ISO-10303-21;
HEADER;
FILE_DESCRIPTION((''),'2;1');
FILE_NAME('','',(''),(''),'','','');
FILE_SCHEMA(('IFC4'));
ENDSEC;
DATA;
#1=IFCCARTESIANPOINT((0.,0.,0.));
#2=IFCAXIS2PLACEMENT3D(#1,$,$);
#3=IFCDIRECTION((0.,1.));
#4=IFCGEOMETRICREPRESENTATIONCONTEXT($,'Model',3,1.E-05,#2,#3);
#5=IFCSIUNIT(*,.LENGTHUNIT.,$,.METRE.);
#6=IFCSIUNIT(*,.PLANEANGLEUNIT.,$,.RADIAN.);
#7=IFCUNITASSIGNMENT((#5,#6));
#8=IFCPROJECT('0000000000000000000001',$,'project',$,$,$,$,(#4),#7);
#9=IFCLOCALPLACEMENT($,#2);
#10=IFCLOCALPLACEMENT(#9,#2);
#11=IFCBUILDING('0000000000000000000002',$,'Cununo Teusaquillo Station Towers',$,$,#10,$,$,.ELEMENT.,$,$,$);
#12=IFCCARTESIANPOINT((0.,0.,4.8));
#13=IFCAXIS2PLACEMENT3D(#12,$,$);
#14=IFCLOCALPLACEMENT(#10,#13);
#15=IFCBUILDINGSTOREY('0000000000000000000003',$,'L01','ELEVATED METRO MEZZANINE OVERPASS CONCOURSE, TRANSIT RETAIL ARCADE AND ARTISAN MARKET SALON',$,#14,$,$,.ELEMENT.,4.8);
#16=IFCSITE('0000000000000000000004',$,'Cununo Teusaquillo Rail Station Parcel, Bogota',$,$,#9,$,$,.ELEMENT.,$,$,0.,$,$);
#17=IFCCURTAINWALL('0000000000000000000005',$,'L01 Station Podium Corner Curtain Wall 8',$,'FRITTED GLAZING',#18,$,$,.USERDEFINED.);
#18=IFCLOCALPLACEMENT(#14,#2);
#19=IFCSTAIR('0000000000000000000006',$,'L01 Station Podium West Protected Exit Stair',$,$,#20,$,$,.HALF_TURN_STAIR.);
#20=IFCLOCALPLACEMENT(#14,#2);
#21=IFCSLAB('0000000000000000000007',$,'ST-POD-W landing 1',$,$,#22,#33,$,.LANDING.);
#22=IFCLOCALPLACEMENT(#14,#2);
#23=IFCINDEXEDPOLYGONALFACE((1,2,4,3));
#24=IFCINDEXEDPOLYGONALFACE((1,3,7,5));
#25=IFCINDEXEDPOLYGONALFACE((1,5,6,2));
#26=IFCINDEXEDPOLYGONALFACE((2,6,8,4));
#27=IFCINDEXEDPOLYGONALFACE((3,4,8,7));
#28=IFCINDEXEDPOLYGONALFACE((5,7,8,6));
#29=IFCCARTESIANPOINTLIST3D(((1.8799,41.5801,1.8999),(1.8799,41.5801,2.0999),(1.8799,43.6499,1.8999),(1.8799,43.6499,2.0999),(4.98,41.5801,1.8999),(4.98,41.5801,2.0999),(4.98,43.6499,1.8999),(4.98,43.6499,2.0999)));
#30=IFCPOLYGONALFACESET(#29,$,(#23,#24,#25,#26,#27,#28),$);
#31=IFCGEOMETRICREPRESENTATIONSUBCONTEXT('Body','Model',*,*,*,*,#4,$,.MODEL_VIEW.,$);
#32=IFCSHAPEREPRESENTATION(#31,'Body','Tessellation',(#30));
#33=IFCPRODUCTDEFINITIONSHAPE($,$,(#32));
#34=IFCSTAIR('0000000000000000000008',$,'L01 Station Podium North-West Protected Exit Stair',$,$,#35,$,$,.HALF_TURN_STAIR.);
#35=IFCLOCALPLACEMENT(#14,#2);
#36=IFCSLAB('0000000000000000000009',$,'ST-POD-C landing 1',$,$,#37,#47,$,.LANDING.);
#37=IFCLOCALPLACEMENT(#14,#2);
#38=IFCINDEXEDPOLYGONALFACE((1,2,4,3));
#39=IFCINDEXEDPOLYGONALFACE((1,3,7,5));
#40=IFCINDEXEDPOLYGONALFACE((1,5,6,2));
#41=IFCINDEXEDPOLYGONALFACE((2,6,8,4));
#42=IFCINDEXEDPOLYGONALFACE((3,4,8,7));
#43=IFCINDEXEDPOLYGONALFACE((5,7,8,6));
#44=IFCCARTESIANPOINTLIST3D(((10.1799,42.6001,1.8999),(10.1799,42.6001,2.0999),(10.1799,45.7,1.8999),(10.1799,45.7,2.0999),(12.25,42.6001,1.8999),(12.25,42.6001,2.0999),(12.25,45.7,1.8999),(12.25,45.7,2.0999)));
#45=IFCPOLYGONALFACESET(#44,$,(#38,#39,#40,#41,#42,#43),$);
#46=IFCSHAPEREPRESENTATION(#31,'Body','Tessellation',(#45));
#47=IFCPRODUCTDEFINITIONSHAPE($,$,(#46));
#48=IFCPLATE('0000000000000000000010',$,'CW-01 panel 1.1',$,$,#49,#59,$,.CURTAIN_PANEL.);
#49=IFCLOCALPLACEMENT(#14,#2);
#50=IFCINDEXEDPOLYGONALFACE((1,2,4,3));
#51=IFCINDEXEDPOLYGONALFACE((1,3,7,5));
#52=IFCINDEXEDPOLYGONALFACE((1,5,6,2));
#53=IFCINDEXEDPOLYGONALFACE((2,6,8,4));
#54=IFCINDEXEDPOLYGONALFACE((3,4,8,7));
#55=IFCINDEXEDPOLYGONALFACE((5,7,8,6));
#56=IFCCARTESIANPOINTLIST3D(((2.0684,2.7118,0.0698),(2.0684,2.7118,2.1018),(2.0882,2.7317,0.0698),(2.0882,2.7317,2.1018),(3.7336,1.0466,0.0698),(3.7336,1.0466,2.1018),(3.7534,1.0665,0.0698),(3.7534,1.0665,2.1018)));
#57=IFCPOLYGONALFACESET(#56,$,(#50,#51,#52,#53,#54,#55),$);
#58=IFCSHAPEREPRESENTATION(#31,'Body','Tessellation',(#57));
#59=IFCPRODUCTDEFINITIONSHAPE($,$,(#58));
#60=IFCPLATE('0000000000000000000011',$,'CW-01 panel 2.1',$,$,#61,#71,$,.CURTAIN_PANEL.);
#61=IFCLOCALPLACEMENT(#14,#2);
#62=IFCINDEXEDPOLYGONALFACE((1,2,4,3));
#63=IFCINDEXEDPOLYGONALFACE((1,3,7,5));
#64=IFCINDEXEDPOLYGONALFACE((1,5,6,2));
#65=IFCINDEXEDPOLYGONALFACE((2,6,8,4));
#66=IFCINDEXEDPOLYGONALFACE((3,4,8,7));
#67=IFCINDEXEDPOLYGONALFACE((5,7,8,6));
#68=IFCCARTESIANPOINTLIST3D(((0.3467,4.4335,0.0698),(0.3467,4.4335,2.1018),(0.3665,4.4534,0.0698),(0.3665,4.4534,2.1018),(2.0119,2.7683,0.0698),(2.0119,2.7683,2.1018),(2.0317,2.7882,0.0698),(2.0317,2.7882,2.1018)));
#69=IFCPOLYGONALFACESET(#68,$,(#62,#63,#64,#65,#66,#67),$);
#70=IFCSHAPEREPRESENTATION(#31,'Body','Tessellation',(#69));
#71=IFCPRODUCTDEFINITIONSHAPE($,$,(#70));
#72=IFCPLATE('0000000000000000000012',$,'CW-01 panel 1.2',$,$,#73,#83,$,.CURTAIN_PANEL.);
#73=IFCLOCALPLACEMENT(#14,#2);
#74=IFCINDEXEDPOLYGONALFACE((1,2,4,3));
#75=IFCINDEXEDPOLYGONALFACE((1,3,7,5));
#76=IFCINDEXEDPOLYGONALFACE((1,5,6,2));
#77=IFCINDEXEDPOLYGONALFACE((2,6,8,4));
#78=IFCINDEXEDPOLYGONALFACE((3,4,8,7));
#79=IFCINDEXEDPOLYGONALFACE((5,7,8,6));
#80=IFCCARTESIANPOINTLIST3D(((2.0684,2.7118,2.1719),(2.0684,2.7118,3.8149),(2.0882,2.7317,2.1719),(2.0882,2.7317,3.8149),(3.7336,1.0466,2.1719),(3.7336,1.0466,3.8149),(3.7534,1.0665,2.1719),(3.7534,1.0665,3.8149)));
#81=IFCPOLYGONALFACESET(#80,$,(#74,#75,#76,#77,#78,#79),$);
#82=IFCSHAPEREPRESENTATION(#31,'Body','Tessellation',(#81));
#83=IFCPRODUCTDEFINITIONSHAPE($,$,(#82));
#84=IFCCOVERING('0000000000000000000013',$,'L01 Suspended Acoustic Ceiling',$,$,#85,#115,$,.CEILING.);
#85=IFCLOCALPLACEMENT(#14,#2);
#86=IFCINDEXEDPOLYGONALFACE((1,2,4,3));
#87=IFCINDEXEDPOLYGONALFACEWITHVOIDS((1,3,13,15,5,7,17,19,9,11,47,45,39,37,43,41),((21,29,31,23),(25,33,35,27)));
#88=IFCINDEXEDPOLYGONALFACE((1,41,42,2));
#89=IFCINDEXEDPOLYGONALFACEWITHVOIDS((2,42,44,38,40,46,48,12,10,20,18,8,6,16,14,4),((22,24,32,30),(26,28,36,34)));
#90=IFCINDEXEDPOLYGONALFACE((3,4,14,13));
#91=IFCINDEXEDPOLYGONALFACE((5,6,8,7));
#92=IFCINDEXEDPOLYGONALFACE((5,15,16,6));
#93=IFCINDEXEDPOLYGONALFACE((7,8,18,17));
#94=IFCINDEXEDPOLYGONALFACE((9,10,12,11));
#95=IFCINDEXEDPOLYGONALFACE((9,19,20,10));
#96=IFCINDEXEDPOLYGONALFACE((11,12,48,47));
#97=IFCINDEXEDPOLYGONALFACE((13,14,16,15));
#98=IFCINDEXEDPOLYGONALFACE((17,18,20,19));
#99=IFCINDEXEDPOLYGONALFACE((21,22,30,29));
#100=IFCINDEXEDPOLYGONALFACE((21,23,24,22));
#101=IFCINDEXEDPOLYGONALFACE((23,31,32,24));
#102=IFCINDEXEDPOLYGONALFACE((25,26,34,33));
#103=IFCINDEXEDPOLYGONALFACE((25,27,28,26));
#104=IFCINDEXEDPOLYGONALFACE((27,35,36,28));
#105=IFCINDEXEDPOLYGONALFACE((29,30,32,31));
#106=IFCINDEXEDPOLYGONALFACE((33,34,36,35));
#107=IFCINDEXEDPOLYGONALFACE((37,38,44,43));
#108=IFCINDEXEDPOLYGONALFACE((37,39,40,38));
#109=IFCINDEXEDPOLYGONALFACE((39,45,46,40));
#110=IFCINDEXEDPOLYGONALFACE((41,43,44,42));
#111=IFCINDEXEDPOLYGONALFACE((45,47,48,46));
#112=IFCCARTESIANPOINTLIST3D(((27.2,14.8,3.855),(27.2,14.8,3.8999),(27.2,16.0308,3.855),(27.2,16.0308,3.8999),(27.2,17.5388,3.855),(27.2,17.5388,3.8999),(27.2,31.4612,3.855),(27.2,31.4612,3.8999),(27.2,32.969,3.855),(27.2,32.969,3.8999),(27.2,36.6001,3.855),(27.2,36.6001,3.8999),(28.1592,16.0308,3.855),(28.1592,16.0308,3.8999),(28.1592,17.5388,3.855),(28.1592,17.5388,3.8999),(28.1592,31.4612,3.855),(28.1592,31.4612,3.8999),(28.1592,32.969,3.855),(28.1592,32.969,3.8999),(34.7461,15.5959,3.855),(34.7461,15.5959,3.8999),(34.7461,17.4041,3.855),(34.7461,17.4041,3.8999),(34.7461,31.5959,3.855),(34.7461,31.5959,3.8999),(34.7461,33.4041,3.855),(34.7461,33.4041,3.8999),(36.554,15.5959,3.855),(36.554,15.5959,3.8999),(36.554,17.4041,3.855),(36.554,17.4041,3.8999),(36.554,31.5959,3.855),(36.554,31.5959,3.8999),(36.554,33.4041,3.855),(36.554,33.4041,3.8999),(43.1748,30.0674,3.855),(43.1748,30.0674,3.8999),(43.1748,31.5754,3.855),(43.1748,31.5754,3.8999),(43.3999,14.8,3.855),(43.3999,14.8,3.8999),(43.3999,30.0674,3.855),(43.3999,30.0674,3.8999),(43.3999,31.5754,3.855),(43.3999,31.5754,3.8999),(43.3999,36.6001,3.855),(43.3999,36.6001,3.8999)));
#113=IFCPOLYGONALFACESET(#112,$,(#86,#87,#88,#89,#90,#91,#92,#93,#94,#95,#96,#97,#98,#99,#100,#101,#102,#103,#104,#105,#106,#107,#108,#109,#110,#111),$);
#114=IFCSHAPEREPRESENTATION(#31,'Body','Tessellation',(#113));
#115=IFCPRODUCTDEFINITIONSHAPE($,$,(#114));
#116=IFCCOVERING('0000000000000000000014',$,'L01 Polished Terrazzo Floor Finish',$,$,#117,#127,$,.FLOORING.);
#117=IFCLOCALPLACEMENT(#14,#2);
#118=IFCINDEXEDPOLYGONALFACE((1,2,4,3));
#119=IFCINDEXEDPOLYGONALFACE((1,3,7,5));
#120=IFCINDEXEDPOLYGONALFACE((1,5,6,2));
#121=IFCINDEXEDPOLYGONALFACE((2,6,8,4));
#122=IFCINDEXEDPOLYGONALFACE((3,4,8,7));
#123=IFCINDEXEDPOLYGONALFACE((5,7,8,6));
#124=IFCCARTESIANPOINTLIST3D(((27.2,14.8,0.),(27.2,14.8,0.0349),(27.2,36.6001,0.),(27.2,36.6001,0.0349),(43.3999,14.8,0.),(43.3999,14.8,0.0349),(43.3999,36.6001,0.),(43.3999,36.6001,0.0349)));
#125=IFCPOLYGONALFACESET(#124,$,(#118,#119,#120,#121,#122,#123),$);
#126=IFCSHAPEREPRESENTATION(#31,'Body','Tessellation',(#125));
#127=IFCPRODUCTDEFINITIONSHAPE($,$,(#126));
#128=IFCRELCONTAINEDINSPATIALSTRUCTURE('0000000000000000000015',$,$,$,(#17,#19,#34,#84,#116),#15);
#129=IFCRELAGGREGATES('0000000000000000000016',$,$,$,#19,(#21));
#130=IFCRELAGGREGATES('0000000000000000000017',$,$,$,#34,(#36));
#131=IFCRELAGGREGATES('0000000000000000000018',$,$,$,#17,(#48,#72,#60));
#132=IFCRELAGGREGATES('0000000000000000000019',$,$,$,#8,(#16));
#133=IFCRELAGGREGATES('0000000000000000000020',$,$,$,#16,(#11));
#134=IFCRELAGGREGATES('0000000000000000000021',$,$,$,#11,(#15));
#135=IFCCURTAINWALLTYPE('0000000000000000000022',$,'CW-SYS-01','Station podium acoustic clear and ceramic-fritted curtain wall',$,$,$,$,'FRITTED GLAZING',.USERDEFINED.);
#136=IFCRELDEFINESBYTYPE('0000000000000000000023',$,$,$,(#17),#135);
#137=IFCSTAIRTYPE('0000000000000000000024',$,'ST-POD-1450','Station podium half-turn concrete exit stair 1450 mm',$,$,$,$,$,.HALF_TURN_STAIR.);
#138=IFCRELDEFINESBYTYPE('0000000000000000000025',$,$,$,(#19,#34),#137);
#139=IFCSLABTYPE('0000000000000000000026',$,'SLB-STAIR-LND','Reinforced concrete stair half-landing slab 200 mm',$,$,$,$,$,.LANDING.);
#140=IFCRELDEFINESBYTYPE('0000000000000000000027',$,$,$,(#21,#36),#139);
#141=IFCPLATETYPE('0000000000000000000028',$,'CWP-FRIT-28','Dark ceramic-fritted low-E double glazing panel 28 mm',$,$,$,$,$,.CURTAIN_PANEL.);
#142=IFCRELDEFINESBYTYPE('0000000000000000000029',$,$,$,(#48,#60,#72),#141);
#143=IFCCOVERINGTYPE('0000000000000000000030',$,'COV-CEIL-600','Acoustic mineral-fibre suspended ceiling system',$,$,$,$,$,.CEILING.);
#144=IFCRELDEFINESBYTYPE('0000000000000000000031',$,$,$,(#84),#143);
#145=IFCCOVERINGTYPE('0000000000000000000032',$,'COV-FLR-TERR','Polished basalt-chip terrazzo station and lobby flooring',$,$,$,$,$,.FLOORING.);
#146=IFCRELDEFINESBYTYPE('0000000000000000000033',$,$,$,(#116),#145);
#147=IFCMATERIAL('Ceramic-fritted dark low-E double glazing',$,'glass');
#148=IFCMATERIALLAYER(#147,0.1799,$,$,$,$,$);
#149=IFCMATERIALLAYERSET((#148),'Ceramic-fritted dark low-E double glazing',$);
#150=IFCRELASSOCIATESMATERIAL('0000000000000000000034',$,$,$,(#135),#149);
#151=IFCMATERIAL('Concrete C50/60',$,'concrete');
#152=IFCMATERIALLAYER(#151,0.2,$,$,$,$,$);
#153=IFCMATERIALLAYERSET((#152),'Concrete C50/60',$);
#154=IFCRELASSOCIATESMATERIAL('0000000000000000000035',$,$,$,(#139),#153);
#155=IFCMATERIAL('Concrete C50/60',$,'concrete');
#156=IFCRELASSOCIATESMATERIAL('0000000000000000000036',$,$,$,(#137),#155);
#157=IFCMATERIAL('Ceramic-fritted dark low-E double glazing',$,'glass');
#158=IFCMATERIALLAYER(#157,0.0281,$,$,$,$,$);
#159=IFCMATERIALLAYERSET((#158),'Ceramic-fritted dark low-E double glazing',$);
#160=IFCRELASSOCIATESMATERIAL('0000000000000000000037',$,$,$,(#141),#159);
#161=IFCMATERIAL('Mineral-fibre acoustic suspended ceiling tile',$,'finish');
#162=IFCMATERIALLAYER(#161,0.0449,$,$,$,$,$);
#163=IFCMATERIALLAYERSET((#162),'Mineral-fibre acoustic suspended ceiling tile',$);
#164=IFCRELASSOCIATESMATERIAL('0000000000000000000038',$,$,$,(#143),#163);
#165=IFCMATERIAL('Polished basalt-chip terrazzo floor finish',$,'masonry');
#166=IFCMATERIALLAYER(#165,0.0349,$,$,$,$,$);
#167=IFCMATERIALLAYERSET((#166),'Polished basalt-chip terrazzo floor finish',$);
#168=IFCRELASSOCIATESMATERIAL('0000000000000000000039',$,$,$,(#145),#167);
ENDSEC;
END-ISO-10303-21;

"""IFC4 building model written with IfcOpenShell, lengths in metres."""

from ifc_helpers import new_model, si_unit, direction, frame, origin, origin_2d, place, context, subcontext, project, spatial, polyline, rectangle, outline, extrude, source, transform, mapped, material, layer, layer_set, type_object, element, aggregate, save


model = new_model("IFC4")

# Units and contexts
model_context = context("Model", 3, precision=1e-05, world=origin(), true_north=direction((0.0, 1.0)))
body_context = subcontext(model_context, "Body", "Model", "MODEL_VIEW")
ifc_project = project(units=[si_unit("LENGTHUNIT", "METRE"), si_unit("PLANEANGLEUNIT", "RADIAN")], contexts=[model_context])

# Site, building, storey
site_placement = place(None, origin())
site = spatial("IfcSite", under=ifc_project, at=site_placement, Name="Cununo Teusaquillo Rail Station Parcel, Bogota", CompositionType="ELEMENT", RefElevation=0.0)
building_placement = place(site_placement, origin())
building = spatial("IfcBuilding", under=site, at=building_placement, Name="Cununo Teusaquillo Station Towers", CompositionType="ELEMENT")
storey_placement = place(building_placement, frame((0.0, 0.0, 4.8)))
storey = spatial("IfcBuildingStorey", under=building, at=storey_placement, Name="L01", Description="ELEVATED METRO MEZZANINE OVERPASS CONCOURSE, TRANSIT RETAIL ARCADE AND ARTISAN MARKET SALON", CompositionType="ELEMENT", Elevation=4.8)

# Curtain wall
ifc_material_1 = material(Name="Ceramic-fritted dark low-E double glazing", Category="glass")
ifc_layer_1 = layer(ifc_material_1, 0.1799)
ifc_layer_set_1 = layer_set([ifc_layer_1], Name="Ceramic-fritted dark low-E double glazing")
curtain_wall_type = type_object("IfcCurtainWallType", Name="CW-SYS-01", Description="Station podium acoustic clear and ceramic-fritted curtain wall", ElementType="FRITTED GLAZING", PredefinedType="USERDEFINED", material=ifc_layer_set_1)
curtain_wall_placement = place(storey_placement, origin())
curtain_wall = element("IfcCurtainWall", 1, at=curtain_wall_placement, inside=storey, type_object=curtain_wall_type, Name="L01 Station Podium Corner Curtain Wall 8", ObjectType="FRITTED GLAZING", PredefinedType="USERDEFINED")

# Stairs, slabs
ifc_material_2 = material(Name="Concrete C50/60", Category="concrete")
ifc_layer_2 = layer(ifc_material_2, 0.2)
ifc_layer_set_2 = layer_set([ifc_layer_2], Name="Concrete C50/60")
slab_type_1 = type_object("IfcSlabType", Name="SLB-STAIR-LND", Description="Reinforced concrete stair half-landing slab 200 mm", PredefinedType="LANDING", material=ifc_layer_set_2)
ifc_material_3 = material(Name="Concrete C50/60", Category="concrete")
stair_type_1 = type_object("IfcStairType", Name="ST-POD-1450", Description="Station podium half-turn concrete exit stair 1450 mm", PredefinedType="HALF_TURN_STAIR", material=ifc_material_3)
stair_1_placement = place(storey_placement, origin())
stair_1 = element("IfcStair", 2, at=stair_1_placement, inside=storey, type_object=stair_type_1, Name="L01 Station Podium West Protected Exit Stair", PredefinedType="HALF_TURN_STAIR")
slab_1_placement = place(storey_placement, frame((0.0, 0.0, 1.8999)))
slab_1 = element("IfcSlab", 3, at=slab_1_placement, type_object=slab_type_1, Name="ST-POD-W landing 1", PredefinedType="LANDING", context=body_context, shape_type="SweptSolid", body=[
    extrude(outline(polyline([(4.98, 41.5801), (4.98, 43.6499), (1.8799, 43.6499), (1.8799, 41.5801), (4.98, 41.5801)])), origin(), (0.0, 0.0, 1.0), 0.2),
])
aggregate(stair_1, [slab_1])
stair_2_placement = place(storey_placement, origin())
stair_2 = element("IfcStair", 4, at=stair_2_placement, inside=storey, type_object=stair_type_1, Name="L01 Station Podium North-West Protected Exit Stair", PredefinedType="HALF_TURN_STAIR")
slab_2_placement = place(storey_placement, frame((0.0, 0.0, 1.8999)))
slab_2 = element("IfcSlab", 5, at=slab_2_placement, type_object=slab_type_1, Name="ST-POD-C landing 1", PredefinedType="LANDING", context=body_context, shape_type="SweptSolid", body=[
    extrude(outline(polyline([(10.1799, 42.6001), (12.25, 42.6001), (12.25, 45.7), (10.1799, 45.7), (10.1799, 42.6001)])), origin(), (0.0, 0.0, 1.0), 0.2),
])
aggregate(stair_2, [slab_2])

# Plates
ifc_material_4 = material(Name="Ceramic-fritted dark low-E double glazing", Category="glass")
ifc_layer_3 = layer(ifc_material_4, 0.0281)
ifc_layer_set_3 = layer_set([ifc_layer_3], Name="Ceramic-fritted dark low-E double glazing")
plate_type = type_object("IfcPlateType", Name="CWP-FRIT-28", Description="Dark ceramic-fritted low-E double glazing panel 28 mm", PredefinedType="CURTAIN_PANEL", material=ifc_layer_set_3)
shared_shape_1 = source(origin(), body_context, "Body", "SweptSolid", [
    extrude(rectangle(XDim=2.355, YDim=0.0281, at=origin_2d()), origin(), (0.0, 0.0, 1.0), 2.032),
])
plate_1_placement = place(storey_placement, frame((2.9109, 1.8892, 0.0698), z_axis=(0.0, 0.0, 1.0), x_axis=(-0.707107, 0.707107, 0.0)))
plate_1 = element("IfcPlate", 6, at=plate_1_placement, type_object=plate_type, Name="CW-01 panel 1.1", PredefinedType="CURTAIN_PANEL", context=body_context, shape_type="MappedRepresentation", body=[
    mapped(shared_shape_1, transform((0.0, 0.0, 0.0), x_axis=(1.0, 0.0, 0.0), y_axis=(0.0, 1.0, 0.0), z_axis=(0.0, 0.0, 1.0), scale=1.0)),
])
plate_2_placement = place(storey_placement, frame((1.1892, 3.6108, 0.0698), z_axis=(0.0, 0.0, 1.0), x_axis=(-0.707107, 0.707107, 0.0)))
plate_2 = element("IfcPlate", 7, at=plate_2_placement, type_object=plate_type, Name="CW-01 panel 2.1", PredefinedType="CURTAIN_PANEL", context=body_context, shape_type="MappedRepresentation", body=[
    mapped(shared_shape_1, transform((0.0, 0.0, 0.0), x_axis=(1.0, 0.0, 0.0), y_axis=(0.0, 1.0, 0.0), z_axis=(0.0, 0.0, 1.0), scale=1.0)),
])
shared_shape_2 = source(origin(), body_context, "Body", "SweptSolid", [
    extrude(rectangle(XDim=2.355, YDim=0.0281, at=origin_2d()), origin(), (0.0, 0.0, 1.0), 1.6431),
])
plate_3_placement = place(storey_placement, frame((2.9109, 1.8892, 2.1719), z_axis=(0.0, 0.0, 1.0), x_axis=(-0.707107, 0.707107, 0.0)))
plate_3 = element("IfcPlate", 8, at=plate_3_placement, type_object=plate_type, Name="CW-01 panel 1.2", PredefinedType="CURTAIN_PANEL", context=body_context, shape_type="MappedRepresentation", body=[
    mapped(shared_shape_2, transform((0.0, 0.0, 0.0), x_axis=(1.0, 0.0, 0.0), y_axis=(0.0, 1.0, 0.0), z_axis=(0.0, 0.0, 1.0), scale=1.0)),
])
aggregate(curtain_wall, [plate_1, plate_3, plate_2])

# Coverings
ifc_material_5 = material(Name="Mineral-fibre acoustic suspended ceiling tile", Category="finish")
ifc_layer_4 = layer(ifc_material_5, 0.0449)
ifc_layer_set_4 = layer_set([ifc_layer_4], Name="Mineral-fibre acoustic suspended ceiling tile")
covering_type_1 = type_object("IfcCoveringType", Name="COV-CEIL-600", Description="Acoustic mineral-fibre suspended ceiling system", PredefinedType="CEILING", material=ifc_layer_set_4)
covering_1_placement = place(storey_placement, frame((0.0, 0.0, 3.855)))
element("IfcCovering", 9, at=covering_1_placement, inside=storey, type_object=covering_type_1, Name="L01 Suspended Acoustic Ceiling", PredefinedType="CEILING", context=body_context, shape_type="SweptSolid", body=[
    extrude(outline(polyline([(43.3999, 14.8), (27.2, 14.8), (27.2, 16.0308), (28.1592, 16.0308), (28.1592, 17.5388), (27.2, 17.5388), (27.2, 31.4612), (28.1592, 31.4612), (28.1592, 32.969), (27.2, 32.969), (27.2, 36.6001), (43.3999, 36.6001), (43.3999, 31.5754), (43.1748, 31.5754), (43.1748, 30.0674), (43.3999, 30.0674), (43.3999, 14.8)]), holes=[polyline([(34.7461, 15.5959), (36.554, 15.5959), (36.554, 17.4041), (34.7461, 17.4041), (34.7461, 15.5959)]), polyline([(34.7461, 31.5959), (36.554, 31.5959), (36.554, 33.4041), (34.7461, 33.4041), (34.7461, 31.5959)])]), origin(), (0.0, 0.0, 1.0), 0.0449),
])
ifc_material_6 = material(Name="Polished basalt-chip terrazzo floor finish", Category="masonry")
ifc_layer_5 = layer(ifc_material_6, 0.0349)
ifc_layer_set_5 = layer_set([ifc_layer_5], Name="Polished basalt-chip terrazzo floor finish")
covering_type_2 = type_object("IfcCoveringType", Name="COV-FLR-TERR", Description="Polished basalt-chip terrazzo station and lobby flooring", PredefinedType="FLOORING", material=ifc_layer_set_5)
covering_2_placement = place(storey_placement, origin())
element("IfcCovering", 10, at=covering_2_placement, inside=storey, type_object=covering_type_2, Name="L01 Polished Terrazzo Floor Finish", PredefinedType="FLOORING", context=body_context, shape_type="SweptSolid", body=[
    extrude(outline(polyline([(27.2, 14.8), (43.3999, 14.8), (43.3999, 36.6001), (27.2, 36.6001), (27.2, 14.8)])), origin(), (0.0, 0.0, 1.0), 0.0349),
])

save(model, "model.ifc")
